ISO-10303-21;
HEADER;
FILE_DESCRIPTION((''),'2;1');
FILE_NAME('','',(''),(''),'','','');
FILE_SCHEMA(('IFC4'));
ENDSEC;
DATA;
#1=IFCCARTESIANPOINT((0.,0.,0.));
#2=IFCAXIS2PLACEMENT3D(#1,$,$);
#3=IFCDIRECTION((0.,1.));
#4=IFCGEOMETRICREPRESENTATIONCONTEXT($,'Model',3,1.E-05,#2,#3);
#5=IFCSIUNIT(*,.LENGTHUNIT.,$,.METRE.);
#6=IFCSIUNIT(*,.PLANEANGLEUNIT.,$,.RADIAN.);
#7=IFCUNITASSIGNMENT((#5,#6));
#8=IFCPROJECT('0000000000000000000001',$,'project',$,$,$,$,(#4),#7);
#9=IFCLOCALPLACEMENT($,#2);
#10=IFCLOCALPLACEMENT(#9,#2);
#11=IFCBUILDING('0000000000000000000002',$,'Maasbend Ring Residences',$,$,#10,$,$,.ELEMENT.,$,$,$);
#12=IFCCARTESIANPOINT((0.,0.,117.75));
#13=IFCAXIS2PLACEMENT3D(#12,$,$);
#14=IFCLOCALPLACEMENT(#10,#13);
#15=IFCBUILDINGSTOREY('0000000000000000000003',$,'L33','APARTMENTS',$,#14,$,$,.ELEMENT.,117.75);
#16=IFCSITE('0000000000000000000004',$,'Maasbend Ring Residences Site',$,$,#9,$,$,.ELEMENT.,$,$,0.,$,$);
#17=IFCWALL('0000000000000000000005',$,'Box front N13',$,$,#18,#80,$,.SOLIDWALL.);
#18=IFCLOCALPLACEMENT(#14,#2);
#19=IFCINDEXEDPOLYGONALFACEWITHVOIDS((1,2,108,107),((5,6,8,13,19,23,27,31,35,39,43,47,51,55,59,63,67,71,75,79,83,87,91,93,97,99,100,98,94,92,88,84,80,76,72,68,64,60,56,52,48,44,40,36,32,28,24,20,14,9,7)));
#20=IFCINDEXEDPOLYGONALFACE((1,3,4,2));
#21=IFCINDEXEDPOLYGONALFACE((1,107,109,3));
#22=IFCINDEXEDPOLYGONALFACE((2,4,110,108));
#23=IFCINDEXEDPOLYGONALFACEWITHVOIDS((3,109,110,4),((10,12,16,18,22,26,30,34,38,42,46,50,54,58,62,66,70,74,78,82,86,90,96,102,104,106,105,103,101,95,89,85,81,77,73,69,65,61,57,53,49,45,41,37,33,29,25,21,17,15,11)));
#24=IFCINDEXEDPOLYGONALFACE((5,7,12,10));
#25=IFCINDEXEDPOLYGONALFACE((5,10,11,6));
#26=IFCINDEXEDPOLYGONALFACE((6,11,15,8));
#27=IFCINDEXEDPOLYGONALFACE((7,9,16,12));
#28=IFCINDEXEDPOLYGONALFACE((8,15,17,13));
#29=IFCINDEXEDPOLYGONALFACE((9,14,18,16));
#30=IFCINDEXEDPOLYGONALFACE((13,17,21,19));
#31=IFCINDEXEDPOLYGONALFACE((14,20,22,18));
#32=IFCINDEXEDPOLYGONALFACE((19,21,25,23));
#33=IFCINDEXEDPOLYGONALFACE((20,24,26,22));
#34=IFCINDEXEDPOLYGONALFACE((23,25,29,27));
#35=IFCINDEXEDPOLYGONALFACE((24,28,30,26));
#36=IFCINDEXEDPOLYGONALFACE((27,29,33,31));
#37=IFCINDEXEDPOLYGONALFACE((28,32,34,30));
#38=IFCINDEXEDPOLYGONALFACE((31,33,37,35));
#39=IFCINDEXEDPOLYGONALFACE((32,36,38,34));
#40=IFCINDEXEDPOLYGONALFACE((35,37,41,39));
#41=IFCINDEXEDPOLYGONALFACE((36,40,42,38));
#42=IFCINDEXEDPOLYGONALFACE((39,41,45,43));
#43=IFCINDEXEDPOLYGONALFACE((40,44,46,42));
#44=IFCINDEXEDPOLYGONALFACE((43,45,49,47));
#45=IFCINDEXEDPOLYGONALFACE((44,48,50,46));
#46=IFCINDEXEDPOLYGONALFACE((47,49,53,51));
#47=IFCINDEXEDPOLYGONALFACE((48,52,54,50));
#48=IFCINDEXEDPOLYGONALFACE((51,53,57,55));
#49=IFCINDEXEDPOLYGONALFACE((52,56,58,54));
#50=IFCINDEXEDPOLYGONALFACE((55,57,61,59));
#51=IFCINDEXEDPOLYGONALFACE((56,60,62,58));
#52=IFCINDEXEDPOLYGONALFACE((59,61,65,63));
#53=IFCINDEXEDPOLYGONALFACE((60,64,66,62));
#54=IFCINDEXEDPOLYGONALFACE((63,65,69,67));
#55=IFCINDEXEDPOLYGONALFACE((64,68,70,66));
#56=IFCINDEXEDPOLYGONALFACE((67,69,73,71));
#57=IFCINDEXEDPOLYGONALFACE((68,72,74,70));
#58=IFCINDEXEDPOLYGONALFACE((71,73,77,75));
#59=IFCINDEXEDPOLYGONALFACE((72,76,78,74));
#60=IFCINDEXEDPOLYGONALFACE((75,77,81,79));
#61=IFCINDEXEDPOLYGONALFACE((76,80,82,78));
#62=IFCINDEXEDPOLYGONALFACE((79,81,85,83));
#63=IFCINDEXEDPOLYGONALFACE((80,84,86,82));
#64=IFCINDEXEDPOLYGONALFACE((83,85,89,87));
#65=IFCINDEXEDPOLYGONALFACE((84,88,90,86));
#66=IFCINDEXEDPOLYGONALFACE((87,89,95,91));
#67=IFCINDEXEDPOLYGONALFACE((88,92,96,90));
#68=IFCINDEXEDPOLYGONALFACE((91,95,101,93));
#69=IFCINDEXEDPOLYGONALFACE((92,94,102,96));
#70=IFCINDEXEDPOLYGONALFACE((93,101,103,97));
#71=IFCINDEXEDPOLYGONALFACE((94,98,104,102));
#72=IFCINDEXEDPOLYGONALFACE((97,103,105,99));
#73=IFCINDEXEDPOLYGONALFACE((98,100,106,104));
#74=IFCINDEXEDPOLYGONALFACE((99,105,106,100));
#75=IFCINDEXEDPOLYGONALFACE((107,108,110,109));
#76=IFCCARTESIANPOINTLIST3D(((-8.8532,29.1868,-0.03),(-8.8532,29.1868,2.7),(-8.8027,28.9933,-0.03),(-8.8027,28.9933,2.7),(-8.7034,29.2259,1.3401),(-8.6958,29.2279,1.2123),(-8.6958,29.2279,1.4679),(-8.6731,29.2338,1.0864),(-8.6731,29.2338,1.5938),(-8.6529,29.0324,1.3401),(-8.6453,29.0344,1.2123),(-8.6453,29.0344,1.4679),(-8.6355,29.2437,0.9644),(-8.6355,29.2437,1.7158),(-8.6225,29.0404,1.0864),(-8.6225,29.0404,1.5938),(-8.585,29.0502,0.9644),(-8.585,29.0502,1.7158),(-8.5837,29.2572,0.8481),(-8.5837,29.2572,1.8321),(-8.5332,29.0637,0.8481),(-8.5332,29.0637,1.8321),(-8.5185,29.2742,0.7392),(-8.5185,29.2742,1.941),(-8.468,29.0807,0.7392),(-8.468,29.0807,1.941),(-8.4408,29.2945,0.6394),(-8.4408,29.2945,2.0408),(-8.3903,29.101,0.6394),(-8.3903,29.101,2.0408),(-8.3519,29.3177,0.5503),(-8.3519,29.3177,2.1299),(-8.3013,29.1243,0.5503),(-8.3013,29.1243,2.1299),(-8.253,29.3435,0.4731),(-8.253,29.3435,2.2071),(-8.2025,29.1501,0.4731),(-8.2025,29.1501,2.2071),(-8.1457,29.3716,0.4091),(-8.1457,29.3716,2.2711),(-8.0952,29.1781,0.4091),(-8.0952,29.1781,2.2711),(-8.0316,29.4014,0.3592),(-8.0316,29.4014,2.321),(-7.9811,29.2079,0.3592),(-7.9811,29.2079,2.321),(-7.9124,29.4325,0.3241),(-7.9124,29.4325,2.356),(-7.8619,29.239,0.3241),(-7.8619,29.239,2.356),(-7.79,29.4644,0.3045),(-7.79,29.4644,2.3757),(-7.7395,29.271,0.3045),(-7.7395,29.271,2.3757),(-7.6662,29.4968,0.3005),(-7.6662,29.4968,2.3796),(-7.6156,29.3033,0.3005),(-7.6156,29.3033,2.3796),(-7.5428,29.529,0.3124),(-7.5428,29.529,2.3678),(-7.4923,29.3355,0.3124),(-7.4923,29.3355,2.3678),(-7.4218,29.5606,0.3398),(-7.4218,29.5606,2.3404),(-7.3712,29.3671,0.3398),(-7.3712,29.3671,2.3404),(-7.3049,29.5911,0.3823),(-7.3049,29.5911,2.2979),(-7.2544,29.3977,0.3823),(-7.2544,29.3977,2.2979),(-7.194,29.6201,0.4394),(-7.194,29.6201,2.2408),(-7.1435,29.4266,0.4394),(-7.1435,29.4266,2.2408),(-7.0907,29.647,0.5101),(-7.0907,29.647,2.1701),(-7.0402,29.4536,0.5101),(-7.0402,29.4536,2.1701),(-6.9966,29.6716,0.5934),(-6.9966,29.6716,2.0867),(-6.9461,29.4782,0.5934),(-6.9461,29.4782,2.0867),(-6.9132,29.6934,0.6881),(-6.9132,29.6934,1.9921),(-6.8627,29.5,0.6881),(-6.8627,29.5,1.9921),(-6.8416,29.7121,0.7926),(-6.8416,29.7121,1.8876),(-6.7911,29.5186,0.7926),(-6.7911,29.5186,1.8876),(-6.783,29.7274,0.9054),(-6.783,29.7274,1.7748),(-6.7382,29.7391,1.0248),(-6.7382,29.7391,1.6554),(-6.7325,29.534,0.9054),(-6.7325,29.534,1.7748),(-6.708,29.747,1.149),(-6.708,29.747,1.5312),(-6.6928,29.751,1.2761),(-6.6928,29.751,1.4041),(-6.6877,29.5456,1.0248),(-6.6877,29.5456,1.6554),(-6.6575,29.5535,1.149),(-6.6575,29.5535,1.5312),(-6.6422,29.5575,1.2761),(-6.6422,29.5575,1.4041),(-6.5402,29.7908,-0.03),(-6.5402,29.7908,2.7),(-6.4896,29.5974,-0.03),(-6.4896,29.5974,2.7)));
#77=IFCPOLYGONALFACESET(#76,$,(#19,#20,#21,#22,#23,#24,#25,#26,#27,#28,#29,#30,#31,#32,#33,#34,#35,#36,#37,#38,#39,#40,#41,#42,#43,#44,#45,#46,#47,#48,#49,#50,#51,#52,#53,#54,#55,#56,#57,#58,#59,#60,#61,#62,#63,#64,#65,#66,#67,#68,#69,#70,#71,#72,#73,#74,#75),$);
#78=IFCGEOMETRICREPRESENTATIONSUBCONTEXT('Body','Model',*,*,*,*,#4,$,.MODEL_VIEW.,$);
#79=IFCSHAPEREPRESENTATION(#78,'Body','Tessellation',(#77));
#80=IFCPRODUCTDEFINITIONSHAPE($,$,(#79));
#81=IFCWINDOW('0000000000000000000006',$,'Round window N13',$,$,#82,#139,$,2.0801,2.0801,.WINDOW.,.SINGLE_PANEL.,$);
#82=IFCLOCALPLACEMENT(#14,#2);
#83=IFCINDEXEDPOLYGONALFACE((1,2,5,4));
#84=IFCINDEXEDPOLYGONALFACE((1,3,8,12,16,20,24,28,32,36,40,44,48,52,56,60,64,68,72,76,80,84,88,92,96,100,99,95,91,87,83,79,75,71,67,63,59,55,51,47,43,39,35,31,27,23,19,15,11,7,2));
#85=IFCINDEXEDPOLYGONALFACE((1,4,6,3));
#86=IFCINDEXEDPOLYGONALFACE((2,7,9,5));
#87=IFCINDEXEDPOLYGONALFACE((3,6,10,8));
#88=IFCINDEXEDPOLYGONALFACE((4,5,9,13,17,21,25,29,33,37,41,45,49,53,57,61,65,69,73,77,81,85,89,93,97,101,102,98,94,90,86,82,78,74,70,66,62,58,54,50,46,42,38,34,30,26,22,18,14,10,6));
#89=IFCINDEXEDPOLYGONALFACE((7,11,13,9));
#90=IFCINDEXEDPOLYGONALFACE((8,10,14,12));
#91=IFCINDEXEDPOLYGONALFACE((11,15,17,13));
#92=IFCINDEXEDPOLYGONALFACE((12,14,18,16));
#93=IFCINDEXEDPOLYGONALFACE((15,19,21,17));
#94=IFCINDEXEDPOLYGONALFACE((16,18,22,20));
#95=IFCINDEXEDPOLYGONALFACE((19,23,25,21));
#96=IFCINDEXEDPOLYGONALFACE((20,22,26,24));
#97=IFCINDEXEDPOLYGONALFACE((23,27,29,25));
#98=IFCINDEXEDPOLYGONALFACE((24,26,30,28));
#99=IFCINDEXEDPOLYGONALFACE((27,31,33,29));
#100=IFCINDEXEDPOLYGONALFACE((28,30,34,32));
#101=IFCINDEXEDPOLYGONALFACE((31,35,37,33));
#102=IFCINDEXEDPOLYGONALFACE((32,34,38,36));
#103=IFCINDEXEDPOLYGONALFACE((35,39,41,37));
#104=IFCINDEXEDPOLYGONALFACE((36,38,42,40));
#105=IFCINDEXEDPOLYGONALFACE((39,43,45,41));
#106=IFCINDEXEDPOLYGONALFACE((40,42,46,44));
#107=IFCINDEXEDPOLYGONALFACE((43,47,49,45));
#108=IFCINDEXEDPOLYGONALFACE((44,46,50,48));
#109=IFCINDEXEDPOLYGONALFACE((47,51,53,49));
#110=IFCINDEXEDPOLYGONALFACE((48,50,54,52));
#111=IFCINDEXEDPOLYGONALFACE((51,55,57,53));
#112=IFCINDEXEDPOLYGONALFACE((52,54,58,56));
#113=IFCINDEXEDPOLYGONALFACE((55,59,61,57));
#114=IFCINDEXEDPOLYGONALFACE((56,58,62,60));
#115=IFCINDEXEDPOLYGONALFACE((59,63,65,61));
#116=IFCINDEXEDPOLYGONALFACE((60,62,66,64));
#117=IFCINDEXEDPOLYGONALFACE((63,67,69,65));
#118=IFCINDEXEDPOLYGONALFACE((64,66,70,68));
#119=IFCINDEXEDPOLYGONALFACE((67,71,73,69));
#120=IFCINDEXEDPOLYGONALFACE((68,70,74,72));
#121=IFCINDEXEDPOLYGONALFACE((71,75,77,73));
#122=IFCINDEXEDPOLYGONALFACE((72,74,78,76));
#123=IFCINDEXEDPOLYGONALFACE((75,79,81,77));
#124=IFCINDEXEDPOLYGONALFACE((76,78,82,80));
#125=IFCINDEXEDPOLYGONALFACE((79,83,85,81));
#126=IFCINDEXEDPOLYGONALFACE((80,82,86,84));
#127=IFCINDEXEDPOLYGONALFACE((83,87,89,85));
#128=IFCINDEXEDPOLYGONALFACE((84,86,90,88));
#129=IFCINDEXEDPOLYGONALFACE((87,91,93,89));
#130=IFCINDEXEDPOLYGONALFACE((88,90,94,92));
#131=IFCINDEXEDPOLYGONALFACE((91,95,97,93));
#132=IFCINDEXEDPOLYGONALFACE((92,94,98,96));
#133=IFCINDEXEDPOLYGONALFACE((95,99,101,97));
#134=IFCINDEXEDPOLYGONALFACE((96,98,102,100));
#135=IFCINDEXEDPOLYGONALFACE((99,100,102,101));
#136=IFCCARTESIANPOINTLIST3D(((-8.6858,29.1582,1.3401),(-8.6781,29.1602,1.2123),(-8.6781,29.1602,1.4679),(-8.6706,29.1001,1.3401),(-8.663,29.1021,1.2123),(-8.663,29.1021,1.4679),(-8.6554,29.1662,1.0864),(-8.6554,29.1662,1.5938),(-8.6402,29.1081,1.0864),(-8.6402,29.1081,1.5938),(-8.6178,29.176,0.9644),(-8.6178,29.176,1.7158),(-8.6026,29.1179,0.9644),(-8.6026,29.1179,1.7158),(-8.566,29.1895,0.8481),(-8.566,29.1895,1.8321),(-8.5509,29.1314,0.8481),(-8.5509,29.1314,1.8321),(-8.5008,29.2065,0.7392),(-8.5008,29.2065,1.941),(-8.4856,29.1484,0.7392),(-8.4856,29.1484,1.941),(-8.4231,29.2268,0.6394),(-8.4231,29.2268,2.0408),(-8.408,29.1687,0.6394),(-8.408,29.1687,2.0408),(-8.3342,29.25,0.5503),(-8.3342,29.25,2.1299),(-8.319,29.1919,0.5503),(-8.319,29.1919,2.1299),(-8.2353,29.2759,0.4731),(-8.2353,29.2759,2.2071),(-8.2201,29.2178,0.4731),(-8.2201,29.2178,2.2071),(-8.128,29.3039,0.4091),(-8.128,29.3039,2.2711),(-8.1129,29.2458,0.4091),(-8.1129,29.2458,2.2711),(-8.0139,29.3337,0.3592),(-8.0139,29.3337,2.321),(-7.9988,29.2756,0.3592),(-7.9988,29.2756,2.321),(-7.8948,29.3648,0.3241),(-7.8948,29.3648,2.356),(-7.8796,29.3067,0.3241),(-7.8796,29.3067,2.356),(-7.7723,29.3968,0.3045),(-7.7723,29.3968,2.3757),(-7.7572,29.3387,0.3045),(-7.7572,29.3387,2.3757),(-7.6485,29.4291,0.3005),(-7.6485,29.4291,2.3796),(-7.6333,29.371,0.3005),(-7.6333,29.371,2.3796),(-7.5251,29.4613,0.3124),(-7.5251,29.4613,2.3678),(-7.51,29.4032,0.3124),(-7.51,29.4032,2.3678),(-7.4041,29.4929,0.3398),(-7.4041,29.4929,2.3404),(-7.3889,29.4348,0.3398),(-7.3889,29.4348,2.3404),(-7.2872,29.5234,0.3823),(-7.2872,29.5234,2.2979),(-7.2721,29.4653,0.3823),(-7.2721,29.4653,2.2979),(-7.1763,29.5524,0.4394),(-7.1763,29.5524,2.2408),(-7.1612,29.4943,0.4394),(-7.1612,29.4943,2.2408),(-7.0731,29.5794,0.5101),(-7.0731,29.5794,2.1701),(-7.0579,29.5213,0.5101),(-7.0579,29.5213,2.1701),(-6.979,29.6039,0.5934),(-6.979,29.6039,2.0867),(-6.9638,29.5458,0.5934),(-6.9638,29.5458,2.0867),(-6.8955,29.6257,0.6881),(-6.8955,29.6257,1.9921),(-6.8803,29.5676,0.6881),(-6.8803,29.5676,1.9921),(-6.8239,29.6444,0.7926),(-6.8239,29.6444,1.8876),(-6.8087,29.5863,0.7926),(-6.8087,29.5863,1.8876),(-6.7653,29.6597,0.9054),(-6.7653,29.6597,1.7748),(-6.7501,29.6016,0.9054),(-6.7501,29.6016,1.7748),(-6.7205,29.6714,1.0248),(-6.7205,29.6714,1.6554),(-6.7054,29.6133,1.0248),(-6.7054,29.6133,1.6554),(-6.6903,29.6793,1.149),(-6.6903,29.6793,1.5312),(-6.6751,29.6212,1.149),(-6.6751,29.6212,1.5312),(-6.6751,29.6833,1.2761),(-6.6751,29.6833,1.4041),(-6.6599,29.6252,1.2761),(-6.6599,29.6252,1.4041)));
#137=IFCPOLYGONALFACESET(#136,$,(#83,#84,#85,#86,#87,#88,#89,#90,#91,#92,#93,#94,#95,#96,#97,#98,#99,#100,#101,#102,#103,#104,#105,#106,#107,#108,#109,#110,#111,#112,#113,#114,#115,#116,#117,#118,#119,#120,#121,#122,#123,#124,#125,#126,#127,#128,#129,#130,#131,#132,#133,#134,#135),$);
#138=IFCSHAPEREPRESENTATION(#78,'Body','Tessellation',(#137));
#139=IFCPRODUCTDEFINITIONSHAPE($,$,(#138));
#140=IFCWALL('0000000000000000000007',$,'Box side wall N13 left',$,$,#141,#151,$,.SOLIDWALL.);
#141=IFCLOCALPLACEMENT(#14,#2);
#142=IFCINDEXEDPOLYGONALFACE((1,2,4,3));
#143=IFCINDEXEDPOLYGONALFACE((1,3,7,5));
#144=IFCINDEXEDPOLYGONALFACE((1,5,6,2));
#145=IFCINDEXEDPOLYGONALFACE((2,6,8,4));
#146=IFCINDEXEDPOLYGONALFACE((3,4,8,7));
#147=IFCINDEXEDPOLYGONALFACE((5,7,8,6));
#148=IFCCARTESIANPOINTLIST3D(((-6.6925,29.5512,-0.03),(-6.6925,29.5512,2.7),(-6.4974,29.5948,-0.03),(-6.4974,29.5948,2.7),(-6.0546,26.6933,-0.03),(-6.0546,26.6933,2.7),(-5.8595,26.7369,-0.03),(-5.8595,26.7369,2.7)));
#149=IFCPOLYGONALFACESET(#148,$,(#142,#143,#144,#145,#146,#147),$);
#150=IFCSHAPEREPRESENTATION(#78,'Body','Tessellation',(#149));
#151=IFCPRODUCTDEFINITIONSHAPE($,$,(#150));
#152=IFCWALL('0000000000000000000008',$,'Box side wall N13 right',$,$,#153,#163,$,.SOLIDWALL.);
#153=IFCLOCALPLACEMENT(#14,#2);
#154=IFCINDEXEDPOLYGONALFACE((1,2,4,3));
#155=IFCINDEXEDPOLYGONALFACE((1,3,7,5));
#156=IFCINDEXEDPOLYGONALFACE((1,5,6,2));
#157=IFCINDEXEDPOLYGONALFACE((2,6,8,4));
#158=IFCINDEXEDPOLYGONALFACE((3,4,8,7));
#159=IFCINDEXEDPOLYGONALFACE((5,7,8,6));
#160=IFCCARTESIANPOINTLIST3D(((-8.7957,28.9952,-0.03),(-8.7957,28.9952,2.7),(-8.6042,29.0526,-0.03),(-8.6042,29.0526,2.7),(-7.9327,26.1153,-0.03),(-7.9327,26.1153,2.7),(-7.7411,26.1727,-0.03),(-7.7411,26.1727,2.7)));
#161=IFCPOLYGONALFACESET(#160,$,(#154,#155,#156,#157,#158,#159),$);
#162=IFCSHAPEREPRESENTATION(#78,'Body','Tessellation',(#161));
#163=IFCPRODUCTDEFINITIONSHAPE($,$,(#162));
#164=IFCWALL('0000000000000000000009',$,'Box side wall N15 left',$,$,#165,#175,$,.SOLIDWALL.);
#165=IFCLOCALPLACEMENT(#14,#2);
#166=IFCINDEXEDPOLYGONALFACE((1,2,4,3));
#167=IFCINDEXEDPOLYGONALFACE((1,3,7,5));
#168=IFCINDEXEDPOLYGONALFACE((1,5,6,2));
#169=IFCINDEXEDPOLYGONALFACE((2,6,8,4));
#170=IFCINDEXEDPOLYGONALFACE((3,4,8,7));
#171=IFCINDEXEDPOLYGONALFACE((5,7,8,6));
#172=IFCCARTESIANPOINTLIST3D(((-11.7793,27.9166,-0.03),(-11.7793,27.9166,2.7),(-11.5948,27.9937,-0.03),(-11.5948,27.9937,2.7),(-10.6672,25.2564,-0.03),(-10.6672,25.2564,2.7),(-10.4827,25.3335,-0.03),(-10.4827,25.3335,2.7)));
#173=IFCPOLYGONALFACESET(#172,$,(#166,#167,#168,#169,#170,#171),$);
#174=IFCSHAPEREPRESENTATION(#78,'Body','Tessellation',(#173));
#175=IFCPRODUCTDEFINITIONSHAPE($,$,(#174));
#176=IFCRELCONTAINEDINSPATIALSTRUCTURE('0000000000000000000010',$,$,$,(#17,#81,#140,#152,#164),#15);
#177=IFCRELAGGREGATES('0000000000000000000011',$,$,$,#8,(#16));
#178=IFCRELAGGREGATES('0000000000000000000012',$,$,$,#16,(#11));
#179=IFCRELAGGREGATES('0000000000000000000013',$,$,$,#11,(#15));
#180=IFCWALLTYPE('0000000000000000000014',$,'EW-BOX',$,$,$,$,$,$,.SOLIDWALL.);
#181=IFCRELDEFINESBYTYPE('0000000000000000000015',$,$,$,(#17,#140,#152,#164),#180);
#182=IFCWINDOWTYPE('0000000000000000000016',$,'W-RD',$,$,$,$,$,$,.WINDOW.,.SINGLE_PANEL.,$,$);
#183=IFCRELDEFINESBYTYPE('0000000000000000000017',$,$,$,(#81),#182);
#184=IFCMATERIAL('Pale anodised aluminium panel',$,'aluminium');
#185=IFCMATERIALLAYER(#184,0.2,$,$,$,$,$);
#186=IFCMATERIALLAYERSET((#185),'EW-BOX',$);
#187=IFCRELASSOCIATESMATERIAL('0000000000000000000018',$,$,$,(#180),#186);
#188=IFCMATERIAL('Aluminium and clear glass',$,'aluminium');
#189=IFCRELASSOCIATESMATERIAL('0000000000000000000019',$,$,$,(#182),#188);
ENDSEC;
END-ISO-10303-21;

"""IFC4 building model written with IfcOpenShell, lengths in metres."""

from ifc_helpers import new_model, si_unit, direction, frame, frame_2d, origin, place, context, subcontext, project, spatial, rectangle, circle, extrude, material, layer, layer_set, type_object, element, fill, save


model = new_model("IFC4")

# Units and contexts
model_context = context("Model", 3, precision=1e-05, world=origin(), true_north=direction((0.0, 1.0)))
body_context = subcontext(model_context, "Body", "Model", "MODEL_VIEW")
ifc_project = project(units=[si_unit("LENGTHUNIT", "METRE"), si_unit("PLANEANGLEUNIT", "RADIAN")], contexts=[model_context])

# Site, building, storey
site_placement = place(None, origin())
site = spatial("IfcSite", under=ifc_project, at=site_placement, Name="Maasbend Ring Residences Site", CompositionType="ELEMENT", RefElevation=0.0)
building_placement = place(site_placement, origin())
building = spatial("IfcBuilding", under=site, at=building_placement, Name="Maasbend Ring Residences", CompositionType="ELEMENT")
storey_placement = place(building_placement, frame((0.0, 0.0, 117.75)))
storey = spatial("IfcBuildingStorey", under=building, at=storey_placement, Name="L33", Description="APARTMENTS", CompositionType="ELEMENT", Elevation=117.75)

# Shared definitions
ifc_material_1 = material(Name="Pale anodised aluminium panel", Category="aluminium")
ifc_layer_1 = layer(ifc_material_1, 0.2)
ifc_layer_set_1 = layer_set([ifc_layer_1], Name="EW-BOX")
wall_type_1 = type_object("IfcWallType", Name="EW-BOX", PredefinedType="SOLIDWALL", material=ifc_layer_set_1)

# Wall, opening, window
wall_1_placement = place(storey_placement, frame((-6.5149, 29.6941, -0.03), z_axis=(0.0, 0.0, 1.0), x_axis=(-0.967554, -0.252663, 0.0)))
wall_1 = element("IfcWall", 1, at=wall_1_placement, inside=storey, type_object=wall_type_1, Name="Box front N13", PredefinedType="SOLIDWALL", context=body_context, shape_type="SweptSolid", body=[
    extrude(rectangle(XDim=2.3906, YDim=0.2, at=frame_2d((1.1953, 0.0))), origin(), (0.0, 0.0, 1.0), 2.73),
])
opening_1_placement = place(wall_1_placement, frame((0.1558, 0.0, 0.3301)))
opening_1 = element("IfcOpeningElement", 2, at=opening_1_placement, cuts=wall_1, PredefinedType="OPENING", context=body_context, shape_type="SweptSolid", body=[
    extrude(circle(Radius=1.04, at=frame_2d((1.04, 1.04))), frame((0.0, 0.1099, 0.0), z_axis=(0.0, -1.0, 0.0), x_axis=(1.0, 0.0, 0.0)), (0.0, 0.0, 1.0), 0.22),
])
ifc_material_2 = material(Name="Aluminium and clear glass", Category="aluminium")
window_type_1 = type_object("IfcWindowType", Name="W-RD", PartitioningType="SINGLE_PANEL", PredefinedType="WINDOW", material=ifc_material_2)
window_1_placement = place(opening_1_placement, origin())
window_1 = element("IfcWindow", 3, at=window_1_placement, inside=storey, type_object=window_type_1, Name="Round window N13", OverallHeight=2.0801, OverallWidth=2.0801, PartitioningType="SINGLE_PANEL", PredefinedType="WINDOW", context=body_context, shape_type="SweptSolid", body=[
    extrude(circle(Radius=1.04, at=frame_2d((1.04, 1.04))), frame((0.0, 0.03, 0.0), z_axis=(0.0, -1.0, 0.0), x_axis=(1.0, 0.0, 0.0)), (0.0, 0.0, 1.0), 0.0601),
])
fill(opening_1, window_1)

# Walls
wall_2_placement = place(storey_placement, frame((-5.957, 26.7151, -0.03), z_axis=(0.0, 0.0, 1.0), x_axis=(-0.217857, 0.975981, 0.0)))
element("IfcWall", 4, at=wall_2_placement, inside=storey, type_object=wall_type_1, Name="Box side wall N13 left", PredefinedType="SOLIDWALL", context=body_context, shape_type="SweptSolid", body=[
    extrude(rectangle(XDim=2.9282, YDim=0.2, at=frame_2d((1.4641, 0.0))), origin(), (0.0, 0.0, 1.0), 2.73),
])
wall_3_placement = place(storey_placement, frame((-7.8369, 26.144, -0.03), z_axis=(0.0, 0.0, 1.0), x_axis=(-0.287065, 0.957911, 0.0)))
element("IfcWall", 5, at=wall_3_placement, inside=storey, type_object=wall_type_1, Name="Box side wall N13 right", PredefinedType="SOLIDWALL", context=body_context, shape_type="SweptSolid", body=[
    extrude(rectangle(XDim=3.0063, YDim=0.2, at=frame_2d((1.5032, 0.0))), origin(), (0.0, 0.0, 1.0), 2.73),
])
wall_4_placement = place(storey_placement, frame((-10.575, 25.2949, -0.03), z_axis=(0.0, 0.0, 1.0), x_axis=(-0.385697, 0.922625, 0.0)))
element("IfcWall", 6, at=wall_4_placement, inside=storey, type_object=wall_type_1, Name="Box side wall N15 left", PredefinedType="SOLIDWALL", context=body_context, shape_type="SweptSolid", body=[
    extrude(rectangle(XDim=2.8833, YDim=0.2, at=frame_2d((1.4417, 0.0))), origin(), (0.0, 0.0, 1.0), 2.73),
])

save(model, "model.ifc")
